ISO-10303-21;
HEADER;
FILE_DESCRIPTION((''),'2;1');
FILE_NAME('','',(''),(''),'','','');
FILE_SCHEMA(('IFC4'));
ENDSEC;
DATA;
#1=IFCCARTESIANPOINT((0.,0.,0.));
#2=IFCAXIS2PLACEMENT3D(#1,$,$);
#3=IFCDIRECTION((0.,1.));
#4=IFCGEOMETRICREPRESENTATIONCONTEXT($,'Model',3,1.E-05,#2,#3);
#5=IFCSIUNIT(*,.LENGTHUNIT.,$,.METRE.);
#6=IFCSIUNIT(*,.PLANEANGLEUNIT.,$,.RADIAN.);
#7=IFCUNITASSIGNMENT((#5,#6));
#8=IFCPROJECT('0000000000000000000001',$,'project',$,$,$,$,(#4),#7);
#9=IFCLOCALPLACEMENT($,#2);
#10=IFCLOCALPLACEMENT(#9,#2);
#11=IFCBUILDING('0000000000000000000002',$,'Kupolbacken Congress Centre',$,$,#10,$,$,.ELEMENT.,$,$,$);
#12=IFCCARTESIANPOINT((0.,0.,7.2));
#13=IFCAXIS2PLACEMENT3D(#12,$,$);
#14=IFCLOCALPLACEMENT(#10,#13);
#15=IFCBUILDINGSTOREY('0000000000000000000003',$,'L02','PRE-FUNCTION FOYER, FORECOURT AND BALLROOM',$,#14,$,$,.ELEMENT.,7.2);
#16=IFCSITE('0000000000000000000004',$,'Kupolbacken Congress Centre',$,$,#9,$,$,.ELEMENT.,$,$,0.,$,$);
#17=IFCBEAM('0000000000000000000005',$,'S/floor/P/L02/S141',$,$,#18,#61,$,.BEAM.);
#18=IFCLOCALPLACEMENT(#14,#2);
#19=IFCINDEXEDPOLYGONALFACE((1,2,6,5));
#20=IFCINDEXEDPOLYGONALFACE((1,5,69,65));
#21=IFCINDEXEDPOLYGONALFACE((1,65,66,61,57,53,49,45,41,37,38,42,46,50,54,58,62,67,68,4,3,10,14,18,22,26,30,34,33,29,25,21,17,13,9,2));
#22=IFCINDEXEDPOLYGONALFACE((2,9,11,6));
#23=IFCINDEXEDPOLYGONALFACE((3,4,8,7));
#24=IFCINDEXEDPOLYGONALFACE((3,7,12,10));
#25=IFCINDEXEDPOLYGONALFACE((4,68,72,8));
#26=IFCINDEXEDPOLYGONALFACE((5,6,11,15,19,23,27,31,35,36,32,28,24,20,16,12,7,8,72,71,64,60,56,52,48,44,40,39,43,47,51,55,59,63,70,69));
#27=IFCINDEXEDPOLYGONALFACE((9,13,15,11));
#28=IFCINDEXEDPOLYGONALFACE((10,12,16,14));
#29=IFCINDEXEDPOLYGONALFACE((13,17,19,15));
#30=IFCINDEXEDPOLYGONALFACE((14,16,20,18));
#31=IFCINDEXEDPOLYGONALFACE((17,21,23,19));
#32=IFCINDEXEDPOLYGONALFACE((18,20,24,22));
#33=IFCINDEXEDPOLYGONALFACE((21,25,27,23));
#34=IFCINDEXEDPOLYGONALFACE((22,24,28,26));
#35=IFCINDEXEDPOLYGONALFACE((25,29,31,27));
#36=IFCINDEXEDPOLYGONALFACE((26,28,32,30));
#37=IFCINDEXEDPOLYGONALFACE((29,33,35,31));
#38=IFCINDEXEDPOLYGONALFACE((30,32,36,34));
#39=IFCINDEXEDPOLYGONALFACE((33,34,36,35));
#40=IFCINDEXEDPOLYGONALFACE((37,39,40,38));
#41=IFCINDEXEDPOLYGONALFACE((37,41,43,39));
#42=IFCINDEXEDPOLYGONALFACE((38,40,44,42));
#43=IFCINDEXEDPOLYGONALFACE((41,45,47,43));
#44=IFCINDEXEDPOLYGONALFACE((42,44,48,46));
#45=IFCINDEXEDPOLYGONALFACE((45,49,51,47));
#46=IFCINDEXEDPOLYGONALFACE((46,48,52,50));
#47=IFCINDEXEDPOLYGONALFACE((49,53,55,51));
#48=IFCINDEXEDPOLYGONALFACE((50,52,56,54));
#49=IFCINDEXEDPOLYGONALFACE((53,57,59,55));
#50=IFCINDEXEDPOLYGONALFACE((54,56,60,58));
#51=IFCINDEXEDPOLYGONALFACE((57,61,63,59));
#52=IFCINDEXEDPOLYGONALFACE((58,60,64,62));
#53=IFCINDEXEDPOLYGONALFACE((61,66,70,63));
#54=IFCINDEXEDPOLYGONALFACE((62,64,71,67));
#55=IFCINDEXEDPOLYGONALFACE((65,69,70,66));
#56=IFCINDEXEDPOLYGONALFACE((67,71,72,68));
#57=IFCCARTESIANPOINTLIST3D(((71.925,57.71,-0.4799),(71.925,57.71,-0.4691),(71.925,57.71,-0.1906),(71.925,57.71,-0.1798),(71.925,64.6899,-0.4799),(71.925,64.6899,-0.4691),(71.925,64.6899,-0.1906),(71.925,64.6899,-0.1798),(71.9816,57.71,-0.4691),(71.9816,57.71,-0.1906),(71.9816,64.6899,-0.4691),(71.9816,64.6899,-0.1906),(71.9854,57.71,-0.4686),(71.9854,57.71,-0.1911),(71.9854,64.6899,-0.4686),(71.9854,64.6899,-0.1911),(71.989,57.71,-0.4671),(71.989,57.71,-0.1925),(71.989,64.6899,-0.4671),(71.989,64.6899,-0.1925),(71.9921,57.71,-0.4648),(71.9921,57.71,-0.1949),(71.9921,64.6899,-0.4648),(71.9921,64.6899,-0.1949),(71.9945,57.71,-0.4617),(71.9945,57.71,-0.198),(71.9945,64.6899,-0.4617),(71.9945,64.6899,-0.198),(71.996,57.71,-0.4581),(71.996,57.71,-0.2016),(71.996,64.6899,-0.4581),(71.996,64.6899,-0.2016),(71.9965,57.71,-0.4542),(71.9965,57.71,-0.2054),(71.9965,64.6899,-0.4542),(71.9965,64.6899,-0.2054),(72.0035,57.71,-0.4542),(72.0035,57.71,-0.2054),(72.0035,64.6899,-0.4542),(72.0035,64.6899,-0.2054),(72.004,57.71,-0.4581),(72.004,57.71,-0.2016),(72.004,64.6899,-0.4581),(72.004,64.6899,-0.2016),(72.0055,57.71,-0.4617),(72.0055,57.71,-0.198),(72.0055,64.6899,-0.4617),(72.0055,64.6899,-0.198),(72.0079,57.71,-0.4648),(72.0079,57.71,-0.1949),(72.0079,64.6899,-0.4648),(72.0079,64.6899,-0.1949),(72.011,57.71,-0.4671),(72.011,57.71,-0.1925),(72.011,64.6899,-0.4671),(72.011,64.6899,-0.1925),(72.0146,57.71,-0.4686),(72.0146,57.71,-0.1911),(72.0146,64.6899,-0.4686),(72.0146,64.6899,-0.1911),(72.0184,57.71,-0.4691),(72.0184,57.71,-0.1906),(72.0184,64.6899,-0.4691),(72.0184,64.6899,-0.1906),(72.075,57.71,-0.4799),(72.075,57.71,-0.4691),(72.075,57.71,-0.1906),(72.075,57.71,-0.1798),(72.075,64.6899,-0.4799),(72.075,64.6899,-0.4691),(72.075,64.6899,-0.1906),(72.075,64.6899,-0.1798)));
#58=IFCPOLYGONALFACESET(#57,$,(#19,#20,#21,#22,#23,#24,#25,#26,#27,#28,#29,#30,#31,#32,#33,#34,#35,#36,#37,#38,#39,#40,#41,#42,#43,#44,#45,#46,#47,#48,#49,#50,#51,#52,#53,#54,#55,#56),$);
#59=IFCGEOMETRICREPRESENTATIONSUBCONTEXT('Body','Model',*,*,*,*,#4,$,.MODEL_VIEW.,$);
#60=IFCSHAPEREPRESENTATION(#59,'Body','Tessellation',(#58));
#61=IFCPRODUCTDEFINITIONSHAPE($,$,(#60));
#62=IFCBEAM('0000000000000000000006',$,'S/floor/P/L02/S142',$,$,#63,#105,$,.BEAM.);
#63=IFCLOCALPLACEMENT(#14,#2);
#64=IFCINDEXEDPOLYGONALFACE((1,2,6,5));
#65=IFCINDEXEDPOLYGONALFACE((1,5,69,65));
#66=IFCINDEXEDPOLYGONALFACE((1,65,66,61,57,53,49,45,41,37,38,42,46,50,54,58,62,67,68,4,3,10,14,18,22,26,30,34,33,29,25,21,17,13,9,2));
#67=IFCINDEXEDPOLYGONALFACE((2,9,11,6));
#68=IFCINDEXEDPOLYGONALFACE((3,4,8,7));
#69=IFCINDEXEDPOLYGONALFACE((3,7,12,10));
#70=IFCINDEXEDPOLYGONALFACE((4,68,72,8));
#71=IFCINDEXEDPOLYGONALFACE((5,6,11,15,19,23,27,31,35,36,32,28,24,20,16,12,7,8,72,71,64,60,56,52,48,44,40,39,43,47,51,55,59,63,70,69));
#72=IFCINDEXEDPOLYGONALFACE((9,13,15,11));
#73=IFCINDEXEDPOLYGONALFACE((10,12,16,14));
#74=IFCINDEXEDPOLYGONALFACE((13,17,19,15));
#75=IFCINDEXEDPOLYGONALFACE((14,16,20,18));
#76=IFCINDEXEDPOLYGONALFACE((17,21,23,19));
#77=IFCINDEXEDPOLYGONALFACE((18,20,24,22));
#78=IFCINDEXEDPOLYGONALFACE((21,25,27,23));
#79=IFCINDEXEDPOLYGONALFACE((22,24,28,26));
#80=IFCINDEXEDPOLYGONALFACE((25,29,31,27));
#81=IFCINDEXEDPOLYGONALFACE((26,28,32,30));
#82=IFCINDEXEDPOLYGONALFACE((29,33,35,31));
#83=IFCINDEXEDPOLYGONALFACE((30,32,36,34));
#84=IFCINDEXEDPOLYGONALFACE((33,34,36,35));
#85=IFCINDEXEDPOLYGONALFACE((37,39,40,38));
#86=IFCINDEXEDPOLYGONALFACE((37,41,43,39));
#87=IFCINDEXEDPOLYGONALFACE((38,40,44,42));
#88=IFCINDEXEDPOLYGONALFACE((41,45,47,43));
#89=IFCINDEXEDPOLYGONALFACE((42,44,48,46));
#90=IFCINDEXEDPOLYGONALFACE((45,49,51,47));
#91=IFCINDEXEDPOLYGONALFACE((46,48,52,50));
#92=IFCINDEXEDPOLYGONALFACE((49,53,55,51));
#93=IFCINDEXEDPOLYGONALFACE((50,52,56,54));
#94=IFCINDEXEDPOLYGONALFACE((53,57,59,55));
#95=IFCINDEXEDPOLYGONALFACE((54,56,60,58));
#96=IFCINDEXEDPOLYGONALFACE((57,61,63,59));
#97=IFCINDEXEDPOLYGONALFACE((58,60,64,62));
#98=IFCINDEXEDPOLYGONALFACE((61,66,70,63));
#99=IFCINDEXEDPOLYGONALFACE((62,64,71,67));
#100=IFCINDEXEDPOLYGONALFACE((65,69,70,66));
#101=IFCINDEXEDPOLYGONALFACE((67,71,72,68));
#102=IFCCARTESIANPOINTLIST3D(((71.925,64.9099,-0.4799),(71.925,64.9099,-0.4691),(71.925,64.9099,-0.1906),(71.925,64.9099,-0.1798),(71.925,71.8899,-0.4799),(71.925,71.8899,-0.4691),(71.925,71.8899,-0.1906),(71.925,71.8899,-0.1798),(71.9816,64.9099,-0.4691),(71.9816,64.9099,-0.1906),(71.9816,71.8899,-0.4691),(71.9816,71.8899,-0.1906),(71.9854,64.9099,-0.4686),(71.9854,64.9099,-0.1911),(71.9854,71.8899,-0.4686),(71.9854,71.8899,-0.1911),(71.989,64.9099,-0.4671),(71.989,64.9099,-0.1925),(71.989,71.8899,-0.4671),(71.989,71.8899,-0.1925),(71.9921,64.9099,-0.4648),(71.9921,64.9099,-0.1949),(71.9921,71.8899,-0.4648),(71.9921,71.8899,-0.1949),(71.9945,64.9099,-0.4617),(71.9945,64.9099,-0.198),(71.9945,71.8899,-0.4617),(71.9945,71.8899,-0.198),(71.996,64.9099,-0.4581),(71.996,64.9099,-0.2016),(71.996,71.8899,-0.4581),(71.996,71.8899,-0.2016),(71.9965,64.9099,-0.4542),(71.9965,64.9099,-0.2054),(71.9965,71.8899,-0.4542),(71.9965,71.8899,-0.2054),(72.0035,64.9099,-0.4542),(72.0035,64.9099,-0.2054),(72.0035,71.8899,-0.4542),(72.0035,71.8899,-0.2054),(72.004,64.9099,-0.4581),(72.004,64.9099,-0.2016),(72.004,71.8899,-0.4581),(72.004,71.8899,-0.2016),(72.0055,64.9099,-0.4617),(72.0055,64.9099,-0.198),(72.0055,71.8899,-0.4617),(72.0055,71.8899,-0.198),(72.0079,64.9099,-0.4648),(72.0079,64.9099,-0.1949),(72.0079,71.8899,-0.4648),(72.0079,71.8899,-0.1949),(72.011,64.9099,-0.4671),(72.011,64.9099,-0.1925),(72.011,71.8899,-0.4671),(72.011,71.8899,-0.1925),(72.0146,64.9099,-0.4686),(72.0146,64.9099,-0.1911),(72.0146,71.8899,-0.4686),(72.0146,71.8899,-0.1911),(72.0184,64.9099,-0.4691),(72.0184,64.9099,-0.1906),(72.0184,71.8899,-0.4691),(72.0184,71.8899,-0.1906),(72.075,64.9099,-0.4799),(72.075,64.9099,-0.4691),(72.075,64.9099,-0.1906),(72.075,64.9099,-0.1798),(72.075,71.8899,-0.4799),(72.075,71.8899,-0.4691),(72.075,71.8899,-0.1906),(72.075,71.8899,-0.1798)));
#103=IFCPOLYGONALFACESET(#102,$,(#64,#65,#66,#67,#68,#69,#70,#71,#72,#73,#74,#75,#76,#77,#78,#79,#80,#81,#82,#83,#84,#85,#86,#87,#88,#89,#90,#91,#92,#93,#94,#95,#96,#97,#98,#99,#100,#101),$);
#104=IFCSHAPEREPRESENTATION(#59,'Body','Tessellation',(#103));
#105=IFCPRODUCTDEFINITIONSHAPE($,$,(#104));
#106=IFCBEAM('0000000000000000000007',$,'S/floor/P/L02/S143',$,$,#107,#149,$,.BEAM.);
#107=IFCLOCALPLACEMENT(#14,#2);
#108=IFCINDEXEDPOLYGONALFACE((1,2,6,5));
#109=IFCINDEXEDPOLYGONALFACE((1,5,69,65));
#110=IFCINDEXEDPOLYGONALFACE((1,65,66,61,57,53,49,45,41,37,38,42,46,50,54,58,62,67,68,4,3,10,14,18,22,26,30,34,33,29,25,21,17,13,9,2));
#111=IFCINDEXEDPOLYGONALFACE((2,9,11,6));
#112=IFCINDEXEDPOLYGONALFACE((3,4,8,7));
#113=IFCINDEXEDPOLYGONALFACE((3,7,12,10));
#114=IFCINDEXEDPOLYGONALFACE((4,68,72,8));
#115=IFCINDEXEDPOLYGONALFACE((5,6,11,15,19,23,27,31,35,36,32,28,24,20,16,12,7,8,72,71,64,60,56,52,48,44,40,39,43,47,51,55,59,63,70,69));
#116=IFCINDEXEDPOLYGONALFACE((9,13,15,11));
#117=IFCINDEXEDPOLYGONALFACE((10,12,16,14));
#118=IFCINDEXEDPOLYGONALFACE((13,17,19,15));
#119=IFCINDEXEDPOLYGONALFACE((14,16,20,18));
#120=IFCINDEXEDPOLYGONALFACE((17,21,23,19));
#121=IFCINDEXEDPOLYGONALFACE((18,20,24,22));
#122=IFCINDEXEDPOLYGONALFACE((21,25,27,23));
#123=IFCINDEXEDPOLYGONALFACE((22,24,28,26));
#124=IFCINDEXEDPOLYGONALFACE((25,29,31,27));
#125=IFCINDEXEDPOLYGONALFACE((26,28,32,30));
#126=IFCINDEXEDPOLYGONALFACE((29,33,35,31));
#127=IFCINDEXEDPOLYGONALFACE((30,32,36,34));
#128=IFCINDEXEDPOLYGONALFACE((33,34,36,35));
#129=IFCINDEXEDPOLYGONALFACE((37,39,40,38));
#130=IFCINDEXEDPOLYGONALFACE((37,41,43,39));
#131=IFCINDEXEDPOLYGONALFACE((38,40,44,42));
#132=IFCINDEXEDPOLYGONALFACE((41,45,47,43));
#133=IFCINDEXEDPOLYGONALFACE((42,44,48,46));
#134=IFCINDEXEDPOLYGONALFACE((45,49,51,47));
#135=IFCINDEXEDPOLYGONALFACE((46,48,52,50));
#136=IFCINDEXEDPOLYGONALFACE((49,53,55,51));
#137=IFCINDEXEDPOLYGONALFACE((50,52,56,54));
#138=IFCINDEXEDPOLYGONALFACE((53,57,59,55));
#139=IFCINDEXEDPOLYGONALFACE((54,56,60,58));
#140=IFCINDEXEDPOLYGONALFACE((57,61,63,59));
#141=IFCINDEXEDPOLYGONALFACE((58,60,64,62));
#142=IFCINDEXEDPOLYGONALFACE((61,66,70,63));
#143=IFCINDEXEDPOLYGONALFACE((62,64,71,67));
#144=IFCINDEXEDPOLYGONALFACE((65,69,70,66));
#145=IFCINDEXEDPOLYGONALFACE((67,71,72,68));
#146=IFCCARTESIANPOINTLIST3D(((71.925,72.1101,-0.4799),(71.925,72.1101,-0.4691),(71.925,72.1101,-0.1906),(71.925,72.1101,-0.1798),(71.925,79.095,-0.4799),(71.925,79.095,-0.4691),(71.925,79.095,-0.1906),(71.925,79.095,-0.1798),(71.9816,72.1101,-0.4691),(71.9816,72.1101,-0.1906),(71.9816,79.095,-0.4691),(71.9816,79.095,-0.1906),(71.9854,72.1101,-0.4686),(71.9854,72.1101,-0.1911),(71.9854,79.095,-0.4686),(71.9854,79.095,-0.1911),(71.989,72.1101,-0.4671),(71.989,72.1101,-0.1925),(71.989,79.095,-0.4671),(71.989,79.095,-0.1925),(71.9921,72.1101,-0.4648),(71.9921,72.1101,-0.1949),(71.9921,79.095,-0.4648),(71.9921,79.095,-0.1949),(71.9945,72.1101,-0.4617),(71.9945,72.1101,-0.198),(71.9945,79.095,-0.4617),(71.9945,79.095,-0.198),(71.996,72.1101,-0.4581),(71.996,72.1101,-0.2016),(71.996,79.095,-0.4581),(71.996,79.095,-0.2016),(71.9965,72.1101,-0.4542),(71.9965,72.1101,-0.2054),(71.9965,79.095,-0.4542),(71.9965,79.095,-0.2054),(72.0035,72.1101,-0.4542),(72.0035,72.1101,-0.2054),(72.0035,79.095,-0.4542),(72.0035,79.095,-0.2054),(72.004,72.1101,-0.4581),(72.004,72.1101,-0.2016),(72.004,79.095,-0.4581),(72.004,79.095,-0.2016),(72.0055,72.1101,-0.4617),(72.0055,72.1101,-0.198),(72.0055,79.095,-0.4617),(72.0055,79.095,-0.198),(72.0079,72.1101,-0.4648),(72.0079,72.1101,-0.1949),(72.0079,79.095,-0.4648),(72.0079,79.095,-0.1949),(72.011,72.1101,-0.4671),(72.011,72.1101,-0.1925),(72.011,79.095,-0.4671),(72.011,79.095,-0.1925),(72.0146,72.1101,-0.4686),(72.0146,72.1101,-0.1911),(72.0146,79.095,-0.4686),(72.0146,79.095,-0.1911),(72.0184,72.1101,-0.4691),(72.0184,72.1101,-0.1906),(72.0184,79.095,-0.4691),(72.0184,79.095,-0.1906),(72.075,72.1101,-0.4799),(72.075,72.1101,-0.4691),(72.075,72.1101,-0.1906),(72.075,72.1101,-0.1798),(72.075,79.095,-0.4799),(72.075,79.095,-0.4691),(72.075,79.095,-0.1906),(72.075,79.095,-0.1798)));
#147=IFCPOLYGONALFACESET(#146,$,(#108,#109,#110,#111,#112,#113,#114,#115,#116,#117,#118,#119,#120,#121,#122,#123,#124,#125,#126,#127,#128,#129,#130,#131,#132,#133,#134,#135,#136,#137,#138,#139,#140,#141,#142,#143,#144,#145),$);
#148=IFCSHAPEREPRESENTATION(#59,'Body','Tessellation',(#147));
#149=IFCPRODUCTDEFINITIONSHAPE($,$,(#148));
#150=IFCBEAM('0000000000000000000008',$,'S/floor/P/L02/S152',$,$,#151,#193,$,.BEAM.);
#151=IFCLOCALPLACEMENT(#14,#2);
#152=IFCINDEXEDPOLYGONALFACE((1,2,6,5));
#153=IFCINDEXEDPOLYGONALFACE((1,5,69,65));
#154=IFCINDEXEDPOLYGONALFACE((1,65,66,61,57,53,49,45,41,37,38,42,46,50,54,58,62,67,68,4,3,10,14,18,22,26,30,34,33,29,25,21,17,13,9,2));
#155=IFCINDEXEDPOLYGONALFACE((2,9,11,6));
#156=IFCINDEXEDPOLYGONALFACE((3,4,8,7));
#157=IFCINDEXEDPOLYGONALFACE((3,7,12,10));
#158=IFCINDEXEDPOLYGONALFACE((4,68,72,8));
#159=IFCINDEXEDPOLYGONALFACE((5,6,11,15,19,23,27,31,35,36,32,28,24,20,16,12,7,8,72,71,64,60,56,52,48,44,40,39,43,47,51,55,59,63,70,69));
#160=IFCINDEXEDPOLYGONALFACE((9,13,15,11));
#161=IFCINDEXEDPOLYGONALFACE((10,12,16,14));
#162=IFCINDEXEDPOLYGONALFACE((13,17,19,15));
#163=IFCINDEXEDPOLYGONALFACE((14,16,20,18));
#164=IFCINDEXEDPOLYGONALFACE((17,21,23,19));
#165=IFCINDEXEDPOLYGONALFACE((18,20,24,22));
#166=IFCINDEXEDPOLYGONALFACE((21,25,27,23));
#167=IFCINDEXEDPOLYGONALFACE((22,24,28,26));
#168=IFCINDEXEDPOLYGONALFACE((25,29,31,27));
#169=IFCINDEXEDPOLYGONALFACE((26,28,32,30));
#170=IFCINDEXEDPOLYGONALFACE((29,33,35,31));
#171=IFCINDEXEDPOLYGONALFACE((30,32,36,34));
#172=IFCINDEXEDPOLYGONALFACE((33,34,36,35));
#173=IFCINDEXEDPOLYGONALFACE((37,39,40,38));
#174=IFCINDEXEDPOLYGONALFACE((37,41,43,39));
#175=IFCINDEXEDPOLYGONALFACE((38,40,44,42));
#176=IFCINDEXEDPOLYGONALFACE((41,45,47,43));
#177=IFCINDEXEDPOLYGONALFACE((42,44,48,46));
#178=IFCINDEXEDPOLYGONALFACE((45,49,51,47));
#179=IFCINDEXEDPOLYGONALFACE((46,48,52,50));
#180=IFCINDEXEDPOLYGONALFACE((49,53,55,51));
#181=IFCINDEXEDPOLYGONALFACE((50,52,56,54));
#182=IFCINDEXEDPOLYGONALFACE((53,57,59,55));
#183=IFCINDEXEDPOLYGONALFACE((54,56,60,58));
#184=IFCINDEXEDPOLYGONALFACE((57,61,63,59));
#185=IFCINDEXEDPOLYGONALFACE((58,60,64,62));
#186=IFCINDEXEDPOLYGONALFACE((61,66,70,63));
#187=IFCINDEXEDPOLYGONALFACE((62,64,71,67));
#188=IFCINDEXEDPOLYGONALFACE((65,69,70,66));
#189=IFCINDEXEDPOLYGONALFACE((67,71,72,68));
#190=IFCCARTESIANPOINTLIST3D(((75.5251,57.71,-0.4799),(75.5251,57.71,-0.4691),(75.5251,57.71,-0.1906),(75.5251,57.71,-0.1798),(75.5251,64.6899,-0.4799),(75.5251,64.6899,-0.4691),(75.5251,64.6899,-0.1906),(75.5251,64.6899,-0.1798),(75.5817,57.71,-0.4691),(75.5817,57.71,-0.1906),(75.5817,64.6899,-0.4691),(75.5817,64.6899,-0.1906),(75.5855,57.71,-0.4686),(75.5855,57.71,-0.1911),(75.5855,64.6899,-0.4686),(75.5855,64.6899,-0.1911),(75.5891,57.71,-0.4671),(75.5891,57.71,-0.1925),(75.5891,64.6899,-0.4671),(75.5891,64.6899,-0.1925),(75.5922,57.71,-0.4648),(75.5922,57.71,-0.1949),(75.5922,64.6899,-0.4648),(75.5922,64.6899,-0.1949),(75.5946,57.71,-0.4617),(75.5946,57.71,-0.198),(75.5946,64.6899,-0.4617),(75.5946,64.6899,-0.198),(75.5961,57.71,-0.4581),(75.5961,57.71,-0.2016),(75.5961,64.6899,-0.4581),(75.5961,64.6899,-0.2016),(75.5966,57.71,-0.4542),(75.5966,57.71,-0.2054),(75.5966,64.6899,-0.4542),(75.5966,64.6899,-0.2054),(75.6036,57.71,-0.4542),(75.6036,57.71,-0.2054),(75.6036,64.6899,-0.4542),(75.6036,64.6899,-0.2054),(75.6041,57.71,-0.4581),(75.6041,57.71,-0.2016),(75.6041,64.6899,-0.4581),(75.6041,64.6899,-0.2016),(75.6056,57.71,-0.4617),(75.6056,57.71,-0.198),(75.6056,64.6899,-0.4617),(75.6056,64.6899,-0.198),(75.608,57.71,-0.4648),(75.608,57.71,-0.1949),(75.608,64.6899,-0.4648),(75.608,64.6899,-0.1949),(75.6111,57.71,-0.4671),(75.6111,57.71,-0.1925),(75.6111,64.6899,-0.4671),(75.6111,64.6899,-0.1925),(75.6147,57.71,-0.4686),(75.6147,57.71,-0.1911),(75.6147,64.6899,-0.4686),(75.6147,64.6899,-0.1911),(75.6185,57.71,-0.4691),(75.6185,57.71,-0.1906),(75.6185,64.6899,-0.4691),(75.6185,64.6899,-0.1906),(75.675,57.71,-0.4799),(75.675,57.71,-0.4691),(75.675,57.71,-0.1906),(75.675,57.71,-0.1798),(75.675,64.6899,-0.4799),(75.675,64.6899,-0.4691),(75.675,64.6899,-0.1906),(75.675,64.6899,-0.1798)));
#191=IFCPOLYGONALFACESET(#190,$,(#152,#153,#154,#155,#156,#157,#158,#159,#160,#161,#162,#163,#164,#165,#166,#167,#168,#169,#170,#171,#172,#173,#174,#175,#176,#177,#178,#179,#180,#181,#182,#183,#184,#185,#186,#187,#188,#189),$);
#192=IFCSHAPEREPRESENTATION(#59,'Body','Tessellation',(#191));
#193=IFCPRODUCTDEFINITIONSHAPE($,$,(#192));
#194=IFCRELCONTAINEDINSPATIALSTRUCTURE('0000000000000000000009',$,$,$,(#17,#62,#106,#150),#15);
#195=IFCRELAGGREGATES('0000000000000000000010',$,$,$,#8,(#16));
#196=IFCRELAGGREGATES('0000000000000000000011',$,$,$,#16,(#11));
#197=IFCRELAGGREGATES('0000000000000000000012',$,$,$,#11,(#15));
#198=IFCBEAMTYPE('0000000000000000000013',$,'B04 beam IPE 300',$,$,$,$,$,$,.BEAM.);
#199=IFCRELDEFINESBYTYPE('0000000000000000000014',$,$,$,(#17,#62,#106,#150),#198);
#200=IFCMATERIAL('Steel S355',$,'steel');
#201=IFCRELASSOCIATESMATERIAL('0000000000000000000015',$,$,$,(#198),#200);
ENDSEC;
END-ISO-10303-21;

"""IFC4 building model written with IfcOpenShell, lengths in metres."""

from ifc_helpers import new_model, si_unit, direction, frame, origin, origin_2d, place, context, subcontext, project, spatial, i_section, extrude, material, material_profile, profile_set, type_object, element, save


model = new_model("IFC4")

# Units and contexts
model_context = context("Model", 3, precision=1e-05, world=origin(), true_north=direction((0.0, 1.0)))
body_context = subcontext(model_context, "Body", "Model", "MODEL_VIEW")
ifc_project = project(units=[si_unit("LENGTHUNIT", "METRE"), si_unit("PLANEANGLEUNIT", "RADIAN")], contexts=[model_context])

# Site, building, storey
site_placement = place(None, origin())
site = spatial("IfcSite", under=ifc_project, at=site_placement, Name="Kupolbacken Congress Centre", CompositionType="ELEMENT", RefElevation=0.0)
building_placement = place(site_placement, origin())
building = spatial("IfcBuilding", under=site, at=building_placement, Name="Kupolbacken Congress Centre", CompositionType="ELEMENT")
storey_placement = place(building_placement, frame((0.0, 0.0, 7.2)))
storey = spatial("IfcBuildingStorey", under=building, at=storey_placement, Name="L02", Description="PRE-FUNCTION FOYER, FORECOURT AND BALLROOM", CompositionType="ELEMENT", Elevation=7.2)

# Beams
ifc_material_1 = material(Name="Steel S355", Category="steel")
ifc_material_profile_1 = material_profile(ifc_material_1, i_section(OverallWidth=0.1499, OverallDepth=0.3, WebThickness=0.0071, FlangeThickness=0.0107, FilletRadius=0.0149, at=origin_2d()), Name="IPE 300")
ifc_profile_set_1 = profile_set([ifc_material_profile_1], Name="Steel S355")
beam_type_1 = type_object("IfcBeamType", Name="B04 beam IPE 300", PredefinedType="BEAM", material=ifc_profile_set_1)
for number, where, z_axis, x_axis, name in (
    (1, (72.0, 57.71, -0.3298), (0.0, 1.0, 0.0), (-1.0, 0.0, 0.0), "S/floor/P/L02/S141"),
    (2, (72.0, 64.9099, -0.3298), (0.0, 1.0, 0.0), (-1.0, 0.0, 0.0), "S/floor/P/L02/S142"),
):
    element("IfcBeam", number, at=place(storey_placement, frame(where, z_axis=z_axis, x_axis=x_axis)), inside=storey, type_object=beam_type_1, Name=name, PredefinedType="BEAM", context=body_context, shape_type="SweptSolid", body=[
        extrude(i_section(OverallWidth=0.1499, OverallDepth=0.3, WebThickness=0.0071, FlangeThickness=0.0107, FilletRadius=0.0149, at=origin_2d()), origin(), (0.0, 0.0, 1.0), 6.98),
    ])
beam_1_placement = place(storey_placement, frame((72.0, 72.1101, -0.3298), z_axis=(0.0, 1.0, 0.0), x_axis=(-1.0, 0.0, 0.0)))
element("IfcBeam", 3, at=beam_1_placement, inside=storey, type_object=beam_type_1, Name="S/floor/P/L02/S143", PredefinedType="BEAM", context=body_context, shape_type="SweptSolid", body=[
    extrude(i_section(OverallWidth=0.1499, OverallDepth=0.3, WebThickness=0.0071, FlangeThickness=0.0107, FilletRadius=0.0149, at=origin_2d()), origin(), (0.0, 0.0, 1.0), 6.9849),
])
for number, where, z_axis, x_axis, name in (
    (4, (75.6001, 57.71, -0.3298), (0.0, 1.0, 0.0), (-1.0, 0.0, 0.0), "S/floor/P/L02/S152"),
):
    element("IfcBeam", number, at=place(storey_placement, frame(where, z_axis=z_axis, x_axis=x_axis)), inside=storey, type_object=beam_type_1, Name=name, PredefinedType="BEAM", context=body_context, shape_type="SweptSolid", body=[
        extrude(i_section(OverallWidth=0.1499, OverallDepth=0.3, WebThickness=0.0071, FlangeThickness=0.0107, FilletRadius=0.0149, at=origin_2d()), origin(), (0.0, 0.0, 1.0), 6.98),
    ])

save(model, "model.ifc")
